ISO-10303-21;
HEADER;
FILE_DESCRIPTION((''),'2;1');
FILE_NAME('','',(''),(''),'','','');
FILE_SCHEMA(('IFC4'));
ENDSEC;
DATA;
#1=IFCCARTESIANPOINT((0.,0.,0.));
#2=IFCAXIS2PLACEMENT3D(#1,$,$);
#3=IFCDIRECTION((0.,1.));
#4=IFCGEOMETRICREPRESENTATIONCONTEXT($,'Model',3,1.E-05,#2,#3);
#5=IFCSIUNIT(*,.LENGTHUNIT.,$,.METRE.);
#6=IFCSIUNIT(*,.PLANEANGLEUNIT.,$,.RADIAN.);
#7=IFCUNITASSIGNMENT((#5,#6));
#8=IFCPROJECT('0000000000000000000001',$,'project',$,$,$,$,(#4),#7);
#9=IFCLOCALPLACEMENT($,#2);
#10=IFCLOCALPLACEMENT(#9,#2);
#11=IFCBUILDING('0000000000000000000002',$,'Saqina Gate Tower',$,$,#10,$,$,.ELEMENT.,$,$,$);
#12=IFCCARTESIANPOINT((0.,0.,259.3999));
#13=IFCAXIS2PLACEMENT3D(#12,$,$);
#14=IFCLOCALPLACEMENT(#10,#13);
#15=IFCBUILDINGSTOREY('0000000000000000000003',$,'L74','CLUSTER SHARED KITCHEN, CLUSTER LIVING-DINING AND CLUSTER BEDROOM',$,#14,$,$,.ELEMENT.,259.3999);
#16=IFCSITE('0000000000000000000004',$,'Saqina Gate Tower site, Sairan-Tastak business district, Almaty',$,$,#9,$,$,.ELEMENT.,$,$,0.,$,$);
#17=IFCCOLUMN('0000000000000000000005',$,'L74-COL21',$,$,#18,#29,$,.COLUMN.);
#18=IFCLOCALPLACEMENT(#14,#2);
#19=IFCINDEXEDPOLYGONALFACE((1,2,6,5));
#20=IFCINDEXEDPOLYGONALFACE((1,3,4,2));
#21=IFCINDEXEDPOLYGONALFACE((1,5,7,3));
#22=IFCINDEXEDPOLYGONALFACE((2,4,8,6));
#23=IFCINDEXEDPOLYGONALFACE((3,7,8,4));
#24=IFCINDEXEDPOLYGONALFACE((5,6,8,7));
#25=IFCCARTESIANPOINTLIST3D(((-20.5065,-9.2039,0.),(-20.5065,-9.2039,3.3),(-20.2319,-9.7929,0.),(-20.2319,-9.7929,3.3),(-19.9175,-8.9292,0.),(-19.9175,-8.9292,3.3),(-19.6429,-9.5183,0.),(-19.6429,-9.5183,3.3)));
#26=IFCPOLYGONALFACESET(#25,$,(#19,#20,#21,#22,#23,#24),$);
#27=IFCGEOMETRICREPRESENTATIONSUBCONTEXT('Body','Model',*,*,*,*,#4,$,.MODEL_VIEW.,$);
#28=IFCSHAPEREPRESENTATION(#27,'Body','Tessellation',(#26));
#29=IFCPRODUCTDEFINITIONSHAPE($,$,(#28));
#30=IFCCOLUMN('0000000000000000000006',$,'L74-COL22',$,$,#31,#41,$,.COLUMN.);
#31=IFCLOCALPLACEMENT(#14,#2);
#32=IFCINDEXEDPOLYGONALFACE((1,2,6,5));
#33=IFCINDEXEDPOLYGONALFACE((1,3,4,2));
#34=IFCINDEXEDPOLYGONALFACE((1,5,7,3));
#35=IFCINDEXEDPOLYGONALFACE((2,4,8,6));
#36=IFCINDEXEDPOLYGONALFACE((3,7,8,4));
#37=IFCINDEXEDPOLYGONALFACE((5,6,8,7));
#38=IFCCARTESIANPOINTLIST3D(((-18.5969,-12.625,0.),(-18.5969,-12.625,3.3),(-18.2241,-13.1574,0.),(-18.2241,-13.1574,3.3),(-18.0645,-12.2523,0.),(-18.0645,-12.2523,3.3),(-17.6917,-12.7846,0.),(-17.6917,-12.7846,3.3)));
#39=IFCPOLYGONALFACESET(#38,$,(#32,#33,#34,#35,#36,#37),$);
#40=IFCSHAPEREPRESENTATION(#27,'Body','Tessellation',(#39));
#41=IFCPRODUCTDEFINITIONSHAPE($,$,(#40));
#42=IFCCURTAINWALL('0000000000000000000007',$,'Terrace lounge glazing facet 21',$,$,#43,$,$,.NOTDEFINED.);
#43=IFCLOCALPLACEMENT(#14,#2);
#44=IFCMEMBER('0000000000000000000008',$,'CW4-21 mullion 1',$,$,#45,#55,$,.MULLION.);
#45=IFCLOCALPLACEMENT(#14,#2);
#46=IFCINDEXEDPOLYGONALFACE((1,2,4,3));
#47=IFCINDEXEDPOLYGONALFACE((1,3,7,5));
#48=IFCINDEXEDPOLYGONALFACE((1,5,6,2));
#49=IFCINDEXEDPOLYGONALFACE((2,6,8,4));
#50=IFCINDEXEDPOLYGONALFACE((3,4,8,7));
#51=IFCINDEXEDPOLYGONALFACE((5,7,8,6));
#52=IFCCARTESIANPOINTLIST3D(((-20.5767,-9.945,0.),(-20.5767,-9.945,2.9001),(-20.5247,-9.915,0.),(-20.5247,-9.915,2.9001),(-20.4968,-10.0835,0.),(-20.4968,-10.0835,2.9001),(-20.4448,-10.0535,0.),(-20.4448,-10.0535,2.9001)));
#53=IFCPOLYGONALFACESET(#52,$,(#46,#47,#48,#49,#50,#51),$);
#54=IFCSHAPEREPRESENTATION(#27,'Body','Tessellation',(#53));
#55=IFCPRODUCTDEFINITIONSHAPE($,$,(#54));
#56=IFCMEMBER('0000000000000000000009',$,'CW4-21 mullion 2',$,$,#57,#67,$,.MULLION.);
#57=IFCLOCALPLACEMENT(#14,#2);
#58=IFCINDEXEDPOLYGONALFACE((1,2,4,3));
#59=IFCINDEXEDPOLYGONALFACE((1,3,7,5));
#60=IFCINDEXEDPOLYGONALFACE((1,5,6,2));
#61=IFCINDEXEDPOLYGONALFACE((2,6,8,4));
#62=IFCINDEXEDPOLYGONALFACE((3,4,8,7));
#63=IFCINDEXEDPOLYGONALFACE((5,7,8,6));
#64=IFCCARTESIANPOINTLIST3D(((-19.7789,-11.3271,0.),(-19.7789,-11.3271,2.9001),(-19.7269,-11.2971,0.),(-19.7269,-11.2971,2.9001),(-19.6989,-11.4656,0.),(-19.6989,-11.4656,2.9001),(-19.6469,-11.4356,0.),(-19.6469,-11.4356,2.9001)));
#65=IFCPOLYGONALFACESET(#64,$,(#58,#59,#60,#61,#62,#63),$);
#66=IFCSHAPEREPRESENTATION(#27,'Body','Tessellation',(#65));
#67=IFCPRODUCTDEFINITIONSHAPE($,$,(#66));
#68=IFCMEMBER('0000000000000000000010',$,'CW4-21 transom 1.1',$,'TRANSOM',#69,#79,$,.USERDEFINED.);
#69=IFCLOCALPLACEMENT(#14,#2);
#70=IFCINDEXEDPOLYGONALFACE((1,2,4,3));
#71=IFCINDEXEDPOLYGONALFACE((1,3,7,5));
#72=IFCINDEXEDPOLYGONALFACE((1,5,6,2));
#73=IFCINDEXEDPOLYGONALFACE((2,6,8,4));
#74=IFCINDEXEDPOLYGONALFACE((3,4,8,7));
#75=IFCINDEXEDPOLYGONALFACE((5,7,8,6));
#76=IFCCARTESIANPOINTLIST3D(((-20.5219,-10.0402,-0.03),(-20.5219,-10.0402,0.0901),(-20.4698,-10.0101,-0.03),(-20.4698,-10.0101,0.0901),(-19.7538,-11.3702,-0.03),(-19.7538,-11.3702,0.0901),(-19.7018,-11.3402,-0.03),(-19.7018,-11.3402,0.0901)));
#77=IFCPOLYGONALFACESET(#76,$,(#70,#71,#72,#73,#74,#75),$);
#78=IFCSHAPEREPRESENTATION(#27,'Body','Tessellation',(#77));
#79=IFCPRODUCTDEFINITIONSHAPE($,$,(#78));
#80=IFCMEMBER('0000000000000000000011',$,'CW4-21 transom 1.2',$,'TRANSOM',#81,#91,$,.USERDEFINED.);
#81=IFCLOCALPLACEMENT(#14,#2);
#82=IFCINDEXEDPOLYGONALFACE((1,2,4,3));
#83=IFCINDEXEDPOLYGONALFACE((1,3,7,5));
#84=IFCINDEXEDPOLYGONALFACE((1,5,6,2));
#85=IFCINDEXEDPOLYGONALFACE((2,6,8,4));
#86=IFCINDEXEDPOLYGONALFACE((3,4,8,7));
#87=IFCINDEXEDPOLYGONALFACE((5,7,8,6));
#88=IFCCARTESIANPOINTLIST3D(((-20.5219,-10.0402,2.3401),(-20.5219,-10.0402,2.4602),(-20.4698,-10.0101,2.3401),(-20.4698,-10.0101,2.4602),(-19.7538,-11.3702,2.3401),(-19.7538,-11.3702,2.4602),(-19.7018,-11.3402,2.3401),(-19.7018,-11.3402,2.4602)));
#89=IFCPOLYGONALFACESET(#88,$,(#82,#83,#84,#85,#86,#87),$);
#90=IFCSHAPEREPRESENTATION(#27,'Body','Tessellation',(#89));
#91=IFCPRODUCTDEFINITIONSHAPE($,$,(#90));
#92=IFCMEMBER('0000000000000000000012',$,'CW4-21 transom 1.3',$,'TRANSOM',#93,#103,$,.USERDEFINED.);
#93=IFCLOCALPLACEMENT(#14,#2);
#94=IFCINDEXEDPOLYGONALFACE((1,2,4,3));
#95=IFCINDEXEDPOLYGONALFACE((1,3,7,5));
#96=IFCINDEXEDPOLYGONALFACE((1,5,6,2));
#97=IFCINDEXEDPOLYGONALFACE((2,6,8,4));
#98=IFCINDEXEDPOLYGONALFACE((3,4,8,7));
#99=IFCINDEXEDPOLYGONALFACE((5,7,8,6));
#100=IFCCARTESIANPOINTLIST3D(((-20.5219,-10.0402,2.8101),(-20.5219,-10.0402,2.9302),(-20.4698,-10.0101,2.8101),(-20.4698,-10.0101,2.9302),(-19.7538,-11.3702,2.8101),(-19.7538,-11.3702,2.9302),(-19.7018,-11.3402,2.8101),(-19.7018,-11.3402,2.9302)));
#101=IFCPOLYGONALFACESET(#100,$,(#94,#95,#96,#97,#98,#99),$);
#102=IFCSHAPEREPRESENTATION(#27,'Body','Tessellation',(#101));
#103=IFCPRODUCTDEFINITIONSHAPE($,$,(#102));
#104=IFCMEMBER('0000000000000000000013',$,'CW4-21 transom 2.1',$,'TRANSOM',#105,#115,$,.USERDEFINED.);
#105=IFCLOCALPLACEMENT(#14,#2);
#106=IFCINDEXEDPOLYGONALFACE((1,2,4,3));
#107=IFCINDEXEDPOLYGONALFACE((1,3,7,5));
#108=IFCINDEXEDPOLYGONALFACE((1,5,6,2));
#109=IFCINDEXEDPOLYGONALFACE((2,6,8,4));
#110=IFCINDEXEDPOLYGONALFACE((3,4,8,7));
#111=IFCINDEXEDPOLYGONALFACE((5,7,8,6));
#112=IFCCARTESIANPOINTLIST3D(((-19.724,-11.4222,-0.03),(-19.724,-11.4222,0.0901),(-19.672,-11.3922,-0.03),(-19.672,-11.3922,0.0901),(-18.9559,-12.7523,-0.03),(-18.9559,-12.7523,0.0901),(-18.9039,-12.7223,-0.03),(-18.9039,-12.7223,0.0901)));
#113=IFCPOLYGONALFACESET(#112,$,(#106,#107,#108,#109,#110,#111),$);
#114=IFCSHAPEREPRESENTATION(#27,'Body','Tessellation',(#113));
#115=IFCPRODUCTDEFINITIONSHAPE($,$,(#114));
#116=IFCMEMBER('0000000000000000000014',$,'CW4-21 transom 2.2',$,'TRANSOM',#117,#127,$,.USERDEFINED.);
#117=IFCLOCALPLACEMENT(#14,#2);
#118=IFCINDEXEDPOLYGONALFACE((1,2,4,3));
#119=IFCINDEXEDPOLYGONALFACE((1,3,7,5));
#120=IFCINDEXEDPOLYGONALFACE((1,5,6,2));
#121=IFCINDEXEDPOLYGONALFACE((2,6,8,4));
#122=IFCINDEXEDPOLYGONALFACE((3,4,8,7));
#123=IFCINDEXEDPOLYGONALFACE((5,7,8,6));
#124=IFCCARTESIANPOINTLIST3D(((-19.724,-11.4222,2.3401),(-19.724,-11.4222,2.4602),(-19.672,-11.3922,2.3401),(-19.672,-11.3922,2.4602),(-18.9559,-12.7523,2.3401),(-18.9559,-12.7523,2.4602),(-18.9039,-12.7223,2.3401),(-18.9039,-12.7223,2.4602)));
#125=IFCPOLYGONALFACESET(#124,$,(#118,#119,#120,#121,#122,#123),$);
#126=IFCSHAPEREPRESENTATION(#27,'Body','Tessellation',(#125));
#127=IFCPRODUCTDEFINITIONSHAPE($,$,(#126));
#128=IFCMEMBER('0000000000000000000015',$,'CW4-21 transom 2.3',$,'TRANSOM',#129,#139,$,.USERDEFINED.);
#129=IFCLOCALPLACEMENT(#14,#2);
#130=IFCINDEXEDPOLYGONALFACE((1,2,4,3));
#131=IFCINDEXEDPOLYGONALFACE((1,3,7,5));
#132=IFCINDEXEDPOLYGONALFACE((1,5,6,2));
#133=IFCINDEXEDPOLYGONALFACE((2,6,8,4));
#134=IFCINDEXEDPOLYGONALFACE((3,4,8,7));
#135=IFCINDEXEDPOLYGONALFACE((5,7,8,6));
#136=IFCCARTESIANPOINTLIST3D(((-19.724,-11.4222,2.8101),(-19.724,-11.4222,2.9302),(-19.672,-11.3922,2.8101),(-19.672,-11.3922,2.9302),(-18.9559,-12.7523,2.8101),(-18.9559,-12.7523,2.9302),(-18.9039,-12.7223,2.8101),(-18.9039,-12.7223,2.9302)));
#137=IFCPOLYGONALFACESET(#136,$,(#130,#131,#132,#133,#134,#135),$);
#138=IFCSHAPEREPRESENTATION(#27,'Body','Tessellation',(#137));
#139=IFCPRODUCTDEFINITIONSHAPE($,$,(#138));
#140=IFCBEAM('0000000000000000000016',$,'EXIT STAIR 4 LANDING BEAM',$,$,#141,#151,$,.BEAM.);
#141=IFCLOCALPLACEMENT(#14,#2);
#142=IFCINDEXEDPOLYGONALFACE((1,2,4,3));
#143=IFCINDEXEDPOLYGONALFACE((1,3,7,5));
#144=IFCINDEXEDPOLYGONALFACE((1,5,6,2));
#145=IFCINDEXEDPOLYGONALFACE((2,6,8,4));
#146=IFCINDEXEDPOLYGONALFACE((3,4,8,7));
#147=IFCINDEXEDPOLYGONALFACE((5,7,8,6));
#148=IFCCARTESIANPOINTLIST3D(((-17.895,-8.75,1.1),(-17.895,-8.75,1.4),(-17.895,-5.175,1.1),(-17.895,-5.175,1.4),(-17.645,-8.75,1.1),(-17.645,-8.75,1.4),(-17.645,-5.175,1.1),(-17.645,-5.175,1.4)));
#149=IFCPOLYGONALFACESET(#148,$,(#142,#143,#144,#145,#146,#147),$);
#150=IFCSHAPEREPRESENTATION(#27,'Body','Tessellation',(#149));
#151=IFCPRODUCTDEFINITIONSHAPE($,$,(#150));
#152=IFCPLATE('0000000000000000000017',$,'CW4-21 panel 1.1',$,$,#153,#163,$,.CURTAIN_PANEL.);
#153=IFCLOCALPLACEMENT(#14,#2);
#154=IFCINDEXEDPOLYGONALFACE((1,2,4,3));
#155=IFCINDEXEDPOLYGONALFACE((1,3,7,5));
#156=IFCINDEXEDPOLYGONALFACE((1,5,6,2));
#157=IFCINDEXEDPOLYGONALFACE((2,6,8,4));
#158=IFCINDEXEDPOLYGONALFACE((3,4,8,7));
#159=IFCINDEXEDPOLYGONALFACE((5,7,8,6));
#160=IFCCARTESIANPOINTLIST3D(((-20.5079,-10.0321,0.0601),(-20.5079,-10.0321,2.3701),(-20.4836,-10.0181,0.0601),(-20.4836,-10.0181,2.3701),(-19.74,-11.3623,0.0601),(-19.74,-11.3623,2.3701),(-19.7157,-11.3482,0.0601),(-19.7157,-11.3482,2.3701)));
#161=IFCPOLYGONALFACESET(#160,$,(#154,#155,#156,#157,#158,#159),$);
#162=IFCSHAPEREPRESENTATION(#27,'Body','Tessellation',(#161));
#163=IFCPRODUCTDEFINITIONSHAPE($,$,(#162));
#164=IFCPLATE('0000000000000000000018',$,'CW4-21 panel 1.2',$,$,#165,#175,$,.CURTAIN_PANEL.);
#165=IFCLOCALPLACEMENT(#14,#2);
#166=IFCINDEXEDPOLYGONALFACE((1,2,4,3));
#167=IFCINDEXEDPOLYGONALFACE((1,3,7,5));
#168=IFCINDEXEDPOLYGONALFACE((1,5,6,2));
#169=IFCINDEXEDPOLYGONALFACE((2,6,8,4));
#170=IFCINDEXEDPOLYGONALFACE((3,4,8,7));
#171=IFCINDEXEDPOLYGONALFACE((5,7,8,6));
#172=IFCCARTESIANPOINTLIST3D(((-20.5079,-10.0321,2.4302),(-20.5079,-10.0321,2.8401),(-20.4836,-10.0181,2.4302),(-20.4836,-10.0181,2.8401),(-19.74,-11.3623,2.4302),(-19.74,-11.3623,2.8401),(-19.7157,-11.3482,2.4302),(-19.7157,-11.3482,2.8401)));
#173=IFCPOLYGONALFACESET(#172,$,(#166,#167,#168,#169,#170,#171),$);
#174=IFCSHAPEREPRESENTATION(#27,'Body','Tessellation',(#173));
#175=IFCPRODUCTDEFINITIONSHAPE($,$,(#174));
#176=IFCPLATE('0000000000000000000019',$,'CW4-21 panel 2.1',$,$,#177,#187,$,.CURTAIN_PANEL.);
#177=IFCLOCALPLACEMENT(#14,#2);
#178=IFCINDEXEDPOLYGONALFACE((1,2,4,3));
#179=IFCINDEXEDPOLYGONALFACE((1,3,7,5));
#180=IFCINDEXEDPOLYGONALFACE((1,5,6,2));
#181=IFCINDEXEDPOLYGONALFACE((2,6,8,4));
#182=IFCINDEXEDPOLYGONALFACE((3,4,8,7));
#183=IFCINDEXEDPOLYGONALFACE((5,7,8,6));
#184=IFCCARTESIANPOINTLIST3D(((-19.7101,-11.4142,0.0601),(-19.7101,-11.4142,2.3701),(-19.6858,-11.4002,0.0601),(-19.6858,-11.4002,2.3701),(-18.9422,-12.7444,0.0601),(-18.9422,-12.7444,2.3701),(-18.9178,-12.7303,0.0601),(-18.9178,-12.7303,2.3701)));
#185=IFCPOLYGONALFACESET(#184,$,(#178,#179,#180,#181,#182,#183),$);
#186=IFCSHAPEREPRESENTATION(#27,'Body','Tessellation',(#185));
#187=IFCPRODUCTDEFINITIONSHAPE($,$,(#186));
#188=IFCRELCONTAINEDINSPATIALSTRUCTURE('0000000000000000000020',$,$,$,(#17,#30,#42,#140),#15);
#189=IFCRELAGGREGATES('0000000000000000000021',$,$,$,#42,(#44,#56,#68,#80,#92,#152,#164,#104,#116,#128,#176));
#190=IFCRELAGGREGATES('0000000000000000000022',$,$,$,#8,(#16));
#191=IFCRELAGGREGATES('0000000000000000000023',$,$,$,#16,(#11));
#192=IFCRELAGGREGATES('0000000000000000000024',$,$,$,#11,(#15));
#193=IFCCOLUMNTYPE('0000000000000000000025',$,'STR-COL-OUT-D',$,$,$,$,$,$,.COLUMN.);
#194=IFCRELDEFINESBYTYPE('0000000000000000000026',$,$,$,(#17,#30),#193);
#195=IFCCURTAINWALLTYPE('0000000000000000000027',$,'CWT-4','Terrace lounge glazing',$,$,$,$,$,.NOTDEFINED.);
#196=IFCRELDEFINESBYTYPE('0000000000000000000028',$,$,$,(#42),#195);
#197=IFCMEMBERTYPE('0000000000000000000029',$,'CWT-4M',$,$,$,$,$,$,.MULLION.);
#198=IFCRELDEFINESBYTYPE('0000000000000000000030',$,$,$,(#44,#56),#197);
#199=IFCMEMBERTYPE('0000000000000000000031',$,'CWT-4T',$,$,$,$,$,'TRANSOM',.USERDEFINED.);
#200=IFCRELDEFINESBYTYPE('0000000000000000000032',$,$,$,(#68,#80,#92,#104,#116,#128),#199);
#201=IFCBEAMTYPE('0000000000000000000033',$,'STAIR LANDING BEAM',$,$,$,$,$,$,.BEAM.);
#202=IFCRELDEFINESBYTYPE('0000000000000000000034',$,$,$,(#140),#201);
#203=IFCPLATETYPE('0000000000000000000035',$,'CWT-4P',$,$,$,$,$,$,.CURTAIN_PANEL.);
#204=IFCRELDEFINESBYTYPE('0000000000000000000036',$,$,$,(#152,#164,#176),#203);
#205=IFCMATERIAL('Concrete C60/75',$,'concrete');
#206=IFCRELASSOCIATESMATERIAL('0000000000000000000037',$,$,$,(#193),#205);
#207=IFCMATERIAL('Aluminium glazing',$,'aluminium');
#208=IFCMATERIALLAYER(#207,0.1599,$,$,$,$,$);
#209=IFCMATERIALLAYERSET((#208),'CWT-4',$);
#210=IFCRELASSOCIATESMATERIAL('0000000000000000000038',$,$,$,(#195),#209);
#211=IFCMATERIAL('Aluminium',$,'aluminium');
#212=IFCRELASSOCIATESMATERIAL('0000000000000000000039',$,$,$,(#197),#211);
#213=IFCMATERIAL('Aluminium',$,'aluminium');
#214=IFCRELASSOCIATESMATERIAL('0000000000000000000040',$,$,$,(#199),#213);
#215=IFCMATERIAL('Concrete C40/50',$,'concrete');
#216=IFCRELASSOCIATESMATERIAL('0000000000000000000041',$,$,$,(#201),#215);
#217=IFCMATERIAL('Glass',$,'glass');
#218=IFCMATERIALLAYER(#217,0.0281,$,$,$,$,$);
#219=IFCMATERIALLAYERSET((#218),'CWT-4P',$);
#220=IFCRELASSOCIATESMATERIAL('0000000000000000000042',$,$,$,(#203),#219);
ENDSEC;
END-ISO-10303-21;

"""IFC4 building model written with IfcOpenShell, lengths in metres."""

from ifc_helpers import new_model, si_unit, direction, frame, origin, origin_2d, place, context, subcontext, project, spatial, rectangle, extrude, material, layer, layer_set, material_profile, profile_set, type_object, element, aggregate, save


model = new_model("IFC4")

# Units and contexts
model_context = context("Model", 3, precision=1e-05, world=origin(), true_north=direction((0.0, 1.0)))
body_context = subcontext(model_context, "Body", "Model", "MODEL_VIEW")
ifc_project = project(units=[si_unit("LENGTHUNIT", "METRE"), si_unit("PLANEANGLEUNIT", "RADIAN")], contexts=[model_context])

# Site, building, storey
site_placement = place(None, origin())
site = spatial("IfcSite", under=ifc_project, at=site_placement, Name="Saqina Gate Tower site, Sairan-Tastak business district, Almaty", CompositionType="ELEMENT", RefElevation=0.0)
building_placement = place(site_placement, origin())
building = spatial("IfcBuilding", under=site, at=building_placement, Name="Saqina Gate Tower", CompositionType="ELEMENT")
storey_placement = place(building_placement, frame((0.0, 0.0, 259.3999)))
storey = spatial("IfcBuildingStorey", under=building, at=storey_placement, Name="L74", Description="CLUSTER SHARED KITCHEN, CLUSTER LIVING-DINING AND CLUSTER BEDROOM", CompositionType="ELEMENT", Elevation=259.3999)

# Columns
ifc_material_1 = material(Name="Concrete C60/75", Category="concrete")
ifc_material_profile_1 = material_profile(ifc_material_1, rectangle(XDim=0.6499, YDim=0.6499, at=origin_2d()), Name="RC 650x650")
ifc_profile_set_1 = profile_set([ifc_material_profile_1], Name="Concrete C60/75")
column_type = type_object("IfcColumnType", Name="STR-COL-OUT-D", PredefinedType="COLUMN", material=ifc_profile_set_1)
for number, where, z_axis, x_axis, name in (
    (1, (-20.0747, -9.3611, 0.0), (0.0, 0.0, 1.0), (-0.906308, -0.422618, 0.0), "L74-COL21"),
    (2, (-18.1443, -12.7048, 0.0), (0.0, 0.0, 1.0), (-0.819152, -0.573576, 0.0), "L74-COL22"),
):
    element("IfcColumn", number, at=place(storey_placement, frame(where, z_axis=z_axis, x_axis=x_axis)), inside=storey, type_object=column_type, Name=name, PredefinedType="COLUMN", context=body_context, shape_type="SweptSolid", body=[
        extrude(rectangle(XDim=0.6499, YDim=0.6499, at=origin_2d()), origin(), (0.0, 0.0, 1.0), 3.3),
    ])

# Curtain wall, members
ifc_material_2 = material(Name="Aluminium glazing", Category="aluminium")
ifc_layer_1 = layer(ifc_material_2, 0.1599)
ifc_layer_set_1 = layer_set([ifc_layer_1], Name="CWT-4")
curtain_wall_type = type_object("IfcCurtainWallType", Name="CWT-4", Description="Terrace lounge glazing", PredefinedType="NOTDEFINED", material=ifc_layer_set_1)
curtain_wall_placement = place(storey_placement, origin())
curtain_wall = element("IfcCurtainWall", 3, at=curtain_wall_placement, inside=storey, type_object=curtain_wall_type, Name="Terrace lounge glazing facet 21", PredefinedType="NOTDEFINED")
ifc_material_3 = material(Name="Aluminium", Category="aluminium")
ifc_material_profile_2 = material_profile(ifc_material_3, rectangle(XDim=0.0601, YDim=0.1599, at=origin_2d()), Name="Aluminium 60x160")
ifc_profile_set_2 = profile_set([ifc_material_profile_2], Name="Aluminium")
member_type_1 = type_object("IfcMemberType", Name="CWT-4M", PredefinedType="MULLION", material=ifc_profile_set_2)
member_1_placement = place(storey_placement, frame((-20.5107, -9.9993, 0.0), z_axis=(0.0, 0.0, 1.0), x_axis=(0.866036, 0.499982, 0.0)))
member_1 = element("IfcMember", 4, at=member_1_placement, type_object=member_type_1, Name="CW4-21 mullion 1", PredefinedType="MULLION", context=body_context, shape_type="SweptSolid", body=[
    extrude(rectangle(XDim=0.0601, YDim=0.1599, at=origin_2d()), origin(), (0.0, 0.0, 1.0), 2.9001),
])
member_2_placement = place(storey_placement, frame((-19.7129, -11.3813, 0.0), z_axis=(0.0, 0.0, 1.0), x_axis=(0.866036, 0.499982, 0.0)))
member_2 = element("IfcMember", 5, at=member_2_placement, type_object=member_type_1, Name="CW4-21 mullion 2", PredefinedType="MULLION", context=body_context, shape_type="SweptSolid", body=[
    extrude(rectangle(XDim=0.0601, YDim=0.1599, at=origin_2d()), origin(), (0.0, 0.0, 1.0), 2.9001),
])
ifc_material_4 = material(Name="Aluminium", Category="aluminium")
ifc_material_profile_3 = material_profile(ifc_material_4, rectangle(XDim=0.0601, YDim=0.1201, at=origin_2d()), Name="Aluminium 60x120")
ifc_profile_set_3 = profile_set([ifc_material_profile_3], Name="Aluminium")
member_type_2 = type_object("IfcMemberType", Name="CWT-4T", ElementType="TRANSOM", PredefinedType="USERDEFINED", material=ifc_profile_set_3)
member_3_placement = place(storey_placement, frame((-20.4958, -10.0251, 0.03), z_axis=(0.500071, -0.865984, 0.0), x_axis=(0.865984, 0.500071, 0.0)))
member_3 = element("IfcMember", 6, at=member_3_placement, type_object=member_type_2, Name="CW4-21 transom 1.1", ObjectType="TRANSOM", PredefinedType="USERDEFINED", context=body_context, shape_type="SweptSolid", body=[
    extrude(rectangle(XDim=0.0601, YDim=0.1201, at=origin_2d()), origin(), (0.0, 0.0, 1.0), 1.5359),
])
member_4_placement = place(storey_placement, frame((-20.4958, -10.0251, 2.4001), z_axis=(0.500071, -0.865984, 0.0), x_axis=(0.865984, 0.500071, 0.0)))
member_4 = element("IfcMember", 7, at=member_4_placement, type_object=member_type_2, Name="CW4-21 transom 1.2", ObjectType="TRANSOM", PredefinedType="USERDEFINED", context=body_context, shape_type="SweptSolid", body=[
    extrude(rectangle(XDim=0.0601, YDim=0.1201, at=origin_2d()), origin(), (0.0, 0.0, 1.0), 1.5359),
])
member_5_placement = place(storey_placement, frame((-20.4958, -10.0251, 2.8701), z_axis=(0.500071, -0.865984, 0.0), x_axis=(0.865984, 0.500071, 0.0)))
member_5 = element("IfcMember", 8, at=member_5_placement, type_object=member_type_2, Name="CW4-21 transom 1.3", ObjectType="TRANSOM", PredefinedType="USERDEFINED", context=body_context, shape_type="SweptSolid", body=[
    extrude(rectangle(XDim=0.0601, YDim=0.1201, at=origin_2d()), origin(), (0.0, 0.0, 1.0), 1.5359),
])
member_6_placement = place(storey_placement, frame((-19.698, -11.4072, 0.03), z_axis=(0.500071, -0.865984, 0.0), x_axis=(0.865984, 0.500071, 0.0)))
member_6 = element("IfcMember", 9, at=member_6_placement, type_object=member_type_2, Name="CW4-21 transom 2.1", ObjectType="TRANSOM", PredefinedType="USERDEFINED", context=body_context, shape_type="SweptSolid", body=[
    extrude(rectangle(XDim=0.0601, YDim=0.1201, at=origin_2d()), origin(), (0.0, 0.0, 1.0), 1.5359),
])
member_7_placement = place(storey_placement, frame((-19.698, -11.4072, 2.4001), z_axis=(0.500071, -0.865984, 0.0), x_axis=(0.865984, 0.500071, 0.0)))
member_7 = element("IfcMember", 10, at=member_7_placement, type_object=member_type_2, Name="CW4-21 transom 2.2", ObjectType="TRANSOM", PredefinedType="USERDEFINED", context=body_context, shape_type="SweptSolid", body=[
    extrude(rectangle(XDim=0.0601, YDim=0.1201, at=origin_2d()), origin(), (0.0, 0.0, 1.0), 1.5359),
])
member_8_placement = place(storey_placement, frame((-19.698, -11.4072, 2.8701), z_axis=(0.500071, -0.865984, 0.0), x_axis=(0.865984, 0.500071, 0.0)))
member_8 = element("IfcMember", 11, at=member_8_placement, type_object=member_type_2, Name="CW4-21 transom 2.3", ObjectType="TRANSOM", PredefinedType="USERDEFINED", context=body_context, shape_type="SweptSolid", body=[
    extrude(rectangle(XDim=0.0601, YDim=0.1201, at=origin_2d()), origin(), (0.0, 0.0, 1.0), 1.5359),
])

# Beam
ifc_material_5 = material(Name="Concrete C40/50", Category="concrete")
ifc_material_profile_4 = material_profile(ifc_material_5, rectangle(XDim=0.25, YDim=0.3, at=origin_2d()), Name="STAIR LANDING BEAM")
ifc_profile_set_4 = profile_set([ifc_material_profile_4], Name="Concrete C40/50")
beam_type = type_object("IfcBeamType", Name="STAIR LANDING BEAM", PredefinedType="BEAM", material=ifc_profile_set_4)
beam_placement = place(storey_placement, frame((-17.77, -8.75, 1.25), z_axis=(0.0, 1.0, 0.0), x_axis=(-1.0, 0.0, 0.0)))
element("IfcBeam", 12, at=beam_placement, inside=storey, type_object=beam_type, Name="EXIT STAIR 4 LANDING BEAM", PredefinedType="BEAM", context=body_context, shape_type="SweptSolid", body=[
    extrude(rectangle(XDim=0.25, YDim=0.3, at=origin_2d()), origin(), (0.0, 0.0, 1.0), 3.575),
])

# Plates
ifc_material_6 = material(Name="Glass", Category="glass")
ifc_layer_2 = layer(ifc_material_6, 0.0281)
ifc_layer_set_2 = layer_set([ifc_layer_2], Name="CWT-4P")
plate_type = type_object("IfcPlateType", Name="CWT-4P", PredefinedType="CURTAIN_PANEL", material=ifc_layer_set_2)
plate_1_placement = place(storey_placement, frame((-20.1118, -10.6902, 0.0601), z_axis=(0.0, 0.0, 1.0), x_axis=(0.499982, -0.866036, 0.0)))
plate_1 = element("IfcPlate", 13, at=plate_1_placement, type_object=plate_type, Name="CW4-21 panel 1.1", PredefinedType="CURTAIN_PANEL", context=body_context, shape_type="SweptSolid", body=[
    extrude(rectangle(XDim=1.5359, YDim=0.0281, at=origin_2d()), origin(), (0.0, 0.0, 1.0), 2.3101),
])
plate_2_placement = place(storey_placement, frame((-20.1118, -10.6902, 2.4302), z_axis=(0.0, 0.0, 1.0), x_axis=(0.499982, -0.866036, 0.0)))
plate_2 = element("IfcPlate", 14, at=plate_2_placement, type_object=plate_type, Name="CW4-21 panel 1.2", PredefinedType="CURTAIN_PANEL", context=body_context, shape_type="SweptSolid", body=[
    extrude(rectangle(XDim=1.5359, YDim=0.0281, at=origin_2d()), origin(), (0.0, 0.0, 1.0), 0.4099),
])
plate_3_placement = place(storey_placement, frame((-19.314, -12.0723, 0.0601), z_axis=(0.0, 0.0, 1.0), x_axis=(0.499982, -0.866036, 0.0)))
plate_3 = element("IfcPlate", 15, at=plate_3_placement, type_object=plate_type, Name="CW4-21 panel 2.1", PredefinedType="CURTAIN_PANEL", context=body_context, shape_type="SweptSolid", body=[
    extrude(rectangle(XDim=1.5359, YDim=0.0281, at=origin_2d()), origin(), (0.0, 0.0, 1.0), 2.3101),
])
aggregate(curtain_wall, [member_1, member_2, member_3, member_4, member_5, plate_1, plate_2, member_6, member_7, member_8, plate_3])

save(model, "model.ifc")
